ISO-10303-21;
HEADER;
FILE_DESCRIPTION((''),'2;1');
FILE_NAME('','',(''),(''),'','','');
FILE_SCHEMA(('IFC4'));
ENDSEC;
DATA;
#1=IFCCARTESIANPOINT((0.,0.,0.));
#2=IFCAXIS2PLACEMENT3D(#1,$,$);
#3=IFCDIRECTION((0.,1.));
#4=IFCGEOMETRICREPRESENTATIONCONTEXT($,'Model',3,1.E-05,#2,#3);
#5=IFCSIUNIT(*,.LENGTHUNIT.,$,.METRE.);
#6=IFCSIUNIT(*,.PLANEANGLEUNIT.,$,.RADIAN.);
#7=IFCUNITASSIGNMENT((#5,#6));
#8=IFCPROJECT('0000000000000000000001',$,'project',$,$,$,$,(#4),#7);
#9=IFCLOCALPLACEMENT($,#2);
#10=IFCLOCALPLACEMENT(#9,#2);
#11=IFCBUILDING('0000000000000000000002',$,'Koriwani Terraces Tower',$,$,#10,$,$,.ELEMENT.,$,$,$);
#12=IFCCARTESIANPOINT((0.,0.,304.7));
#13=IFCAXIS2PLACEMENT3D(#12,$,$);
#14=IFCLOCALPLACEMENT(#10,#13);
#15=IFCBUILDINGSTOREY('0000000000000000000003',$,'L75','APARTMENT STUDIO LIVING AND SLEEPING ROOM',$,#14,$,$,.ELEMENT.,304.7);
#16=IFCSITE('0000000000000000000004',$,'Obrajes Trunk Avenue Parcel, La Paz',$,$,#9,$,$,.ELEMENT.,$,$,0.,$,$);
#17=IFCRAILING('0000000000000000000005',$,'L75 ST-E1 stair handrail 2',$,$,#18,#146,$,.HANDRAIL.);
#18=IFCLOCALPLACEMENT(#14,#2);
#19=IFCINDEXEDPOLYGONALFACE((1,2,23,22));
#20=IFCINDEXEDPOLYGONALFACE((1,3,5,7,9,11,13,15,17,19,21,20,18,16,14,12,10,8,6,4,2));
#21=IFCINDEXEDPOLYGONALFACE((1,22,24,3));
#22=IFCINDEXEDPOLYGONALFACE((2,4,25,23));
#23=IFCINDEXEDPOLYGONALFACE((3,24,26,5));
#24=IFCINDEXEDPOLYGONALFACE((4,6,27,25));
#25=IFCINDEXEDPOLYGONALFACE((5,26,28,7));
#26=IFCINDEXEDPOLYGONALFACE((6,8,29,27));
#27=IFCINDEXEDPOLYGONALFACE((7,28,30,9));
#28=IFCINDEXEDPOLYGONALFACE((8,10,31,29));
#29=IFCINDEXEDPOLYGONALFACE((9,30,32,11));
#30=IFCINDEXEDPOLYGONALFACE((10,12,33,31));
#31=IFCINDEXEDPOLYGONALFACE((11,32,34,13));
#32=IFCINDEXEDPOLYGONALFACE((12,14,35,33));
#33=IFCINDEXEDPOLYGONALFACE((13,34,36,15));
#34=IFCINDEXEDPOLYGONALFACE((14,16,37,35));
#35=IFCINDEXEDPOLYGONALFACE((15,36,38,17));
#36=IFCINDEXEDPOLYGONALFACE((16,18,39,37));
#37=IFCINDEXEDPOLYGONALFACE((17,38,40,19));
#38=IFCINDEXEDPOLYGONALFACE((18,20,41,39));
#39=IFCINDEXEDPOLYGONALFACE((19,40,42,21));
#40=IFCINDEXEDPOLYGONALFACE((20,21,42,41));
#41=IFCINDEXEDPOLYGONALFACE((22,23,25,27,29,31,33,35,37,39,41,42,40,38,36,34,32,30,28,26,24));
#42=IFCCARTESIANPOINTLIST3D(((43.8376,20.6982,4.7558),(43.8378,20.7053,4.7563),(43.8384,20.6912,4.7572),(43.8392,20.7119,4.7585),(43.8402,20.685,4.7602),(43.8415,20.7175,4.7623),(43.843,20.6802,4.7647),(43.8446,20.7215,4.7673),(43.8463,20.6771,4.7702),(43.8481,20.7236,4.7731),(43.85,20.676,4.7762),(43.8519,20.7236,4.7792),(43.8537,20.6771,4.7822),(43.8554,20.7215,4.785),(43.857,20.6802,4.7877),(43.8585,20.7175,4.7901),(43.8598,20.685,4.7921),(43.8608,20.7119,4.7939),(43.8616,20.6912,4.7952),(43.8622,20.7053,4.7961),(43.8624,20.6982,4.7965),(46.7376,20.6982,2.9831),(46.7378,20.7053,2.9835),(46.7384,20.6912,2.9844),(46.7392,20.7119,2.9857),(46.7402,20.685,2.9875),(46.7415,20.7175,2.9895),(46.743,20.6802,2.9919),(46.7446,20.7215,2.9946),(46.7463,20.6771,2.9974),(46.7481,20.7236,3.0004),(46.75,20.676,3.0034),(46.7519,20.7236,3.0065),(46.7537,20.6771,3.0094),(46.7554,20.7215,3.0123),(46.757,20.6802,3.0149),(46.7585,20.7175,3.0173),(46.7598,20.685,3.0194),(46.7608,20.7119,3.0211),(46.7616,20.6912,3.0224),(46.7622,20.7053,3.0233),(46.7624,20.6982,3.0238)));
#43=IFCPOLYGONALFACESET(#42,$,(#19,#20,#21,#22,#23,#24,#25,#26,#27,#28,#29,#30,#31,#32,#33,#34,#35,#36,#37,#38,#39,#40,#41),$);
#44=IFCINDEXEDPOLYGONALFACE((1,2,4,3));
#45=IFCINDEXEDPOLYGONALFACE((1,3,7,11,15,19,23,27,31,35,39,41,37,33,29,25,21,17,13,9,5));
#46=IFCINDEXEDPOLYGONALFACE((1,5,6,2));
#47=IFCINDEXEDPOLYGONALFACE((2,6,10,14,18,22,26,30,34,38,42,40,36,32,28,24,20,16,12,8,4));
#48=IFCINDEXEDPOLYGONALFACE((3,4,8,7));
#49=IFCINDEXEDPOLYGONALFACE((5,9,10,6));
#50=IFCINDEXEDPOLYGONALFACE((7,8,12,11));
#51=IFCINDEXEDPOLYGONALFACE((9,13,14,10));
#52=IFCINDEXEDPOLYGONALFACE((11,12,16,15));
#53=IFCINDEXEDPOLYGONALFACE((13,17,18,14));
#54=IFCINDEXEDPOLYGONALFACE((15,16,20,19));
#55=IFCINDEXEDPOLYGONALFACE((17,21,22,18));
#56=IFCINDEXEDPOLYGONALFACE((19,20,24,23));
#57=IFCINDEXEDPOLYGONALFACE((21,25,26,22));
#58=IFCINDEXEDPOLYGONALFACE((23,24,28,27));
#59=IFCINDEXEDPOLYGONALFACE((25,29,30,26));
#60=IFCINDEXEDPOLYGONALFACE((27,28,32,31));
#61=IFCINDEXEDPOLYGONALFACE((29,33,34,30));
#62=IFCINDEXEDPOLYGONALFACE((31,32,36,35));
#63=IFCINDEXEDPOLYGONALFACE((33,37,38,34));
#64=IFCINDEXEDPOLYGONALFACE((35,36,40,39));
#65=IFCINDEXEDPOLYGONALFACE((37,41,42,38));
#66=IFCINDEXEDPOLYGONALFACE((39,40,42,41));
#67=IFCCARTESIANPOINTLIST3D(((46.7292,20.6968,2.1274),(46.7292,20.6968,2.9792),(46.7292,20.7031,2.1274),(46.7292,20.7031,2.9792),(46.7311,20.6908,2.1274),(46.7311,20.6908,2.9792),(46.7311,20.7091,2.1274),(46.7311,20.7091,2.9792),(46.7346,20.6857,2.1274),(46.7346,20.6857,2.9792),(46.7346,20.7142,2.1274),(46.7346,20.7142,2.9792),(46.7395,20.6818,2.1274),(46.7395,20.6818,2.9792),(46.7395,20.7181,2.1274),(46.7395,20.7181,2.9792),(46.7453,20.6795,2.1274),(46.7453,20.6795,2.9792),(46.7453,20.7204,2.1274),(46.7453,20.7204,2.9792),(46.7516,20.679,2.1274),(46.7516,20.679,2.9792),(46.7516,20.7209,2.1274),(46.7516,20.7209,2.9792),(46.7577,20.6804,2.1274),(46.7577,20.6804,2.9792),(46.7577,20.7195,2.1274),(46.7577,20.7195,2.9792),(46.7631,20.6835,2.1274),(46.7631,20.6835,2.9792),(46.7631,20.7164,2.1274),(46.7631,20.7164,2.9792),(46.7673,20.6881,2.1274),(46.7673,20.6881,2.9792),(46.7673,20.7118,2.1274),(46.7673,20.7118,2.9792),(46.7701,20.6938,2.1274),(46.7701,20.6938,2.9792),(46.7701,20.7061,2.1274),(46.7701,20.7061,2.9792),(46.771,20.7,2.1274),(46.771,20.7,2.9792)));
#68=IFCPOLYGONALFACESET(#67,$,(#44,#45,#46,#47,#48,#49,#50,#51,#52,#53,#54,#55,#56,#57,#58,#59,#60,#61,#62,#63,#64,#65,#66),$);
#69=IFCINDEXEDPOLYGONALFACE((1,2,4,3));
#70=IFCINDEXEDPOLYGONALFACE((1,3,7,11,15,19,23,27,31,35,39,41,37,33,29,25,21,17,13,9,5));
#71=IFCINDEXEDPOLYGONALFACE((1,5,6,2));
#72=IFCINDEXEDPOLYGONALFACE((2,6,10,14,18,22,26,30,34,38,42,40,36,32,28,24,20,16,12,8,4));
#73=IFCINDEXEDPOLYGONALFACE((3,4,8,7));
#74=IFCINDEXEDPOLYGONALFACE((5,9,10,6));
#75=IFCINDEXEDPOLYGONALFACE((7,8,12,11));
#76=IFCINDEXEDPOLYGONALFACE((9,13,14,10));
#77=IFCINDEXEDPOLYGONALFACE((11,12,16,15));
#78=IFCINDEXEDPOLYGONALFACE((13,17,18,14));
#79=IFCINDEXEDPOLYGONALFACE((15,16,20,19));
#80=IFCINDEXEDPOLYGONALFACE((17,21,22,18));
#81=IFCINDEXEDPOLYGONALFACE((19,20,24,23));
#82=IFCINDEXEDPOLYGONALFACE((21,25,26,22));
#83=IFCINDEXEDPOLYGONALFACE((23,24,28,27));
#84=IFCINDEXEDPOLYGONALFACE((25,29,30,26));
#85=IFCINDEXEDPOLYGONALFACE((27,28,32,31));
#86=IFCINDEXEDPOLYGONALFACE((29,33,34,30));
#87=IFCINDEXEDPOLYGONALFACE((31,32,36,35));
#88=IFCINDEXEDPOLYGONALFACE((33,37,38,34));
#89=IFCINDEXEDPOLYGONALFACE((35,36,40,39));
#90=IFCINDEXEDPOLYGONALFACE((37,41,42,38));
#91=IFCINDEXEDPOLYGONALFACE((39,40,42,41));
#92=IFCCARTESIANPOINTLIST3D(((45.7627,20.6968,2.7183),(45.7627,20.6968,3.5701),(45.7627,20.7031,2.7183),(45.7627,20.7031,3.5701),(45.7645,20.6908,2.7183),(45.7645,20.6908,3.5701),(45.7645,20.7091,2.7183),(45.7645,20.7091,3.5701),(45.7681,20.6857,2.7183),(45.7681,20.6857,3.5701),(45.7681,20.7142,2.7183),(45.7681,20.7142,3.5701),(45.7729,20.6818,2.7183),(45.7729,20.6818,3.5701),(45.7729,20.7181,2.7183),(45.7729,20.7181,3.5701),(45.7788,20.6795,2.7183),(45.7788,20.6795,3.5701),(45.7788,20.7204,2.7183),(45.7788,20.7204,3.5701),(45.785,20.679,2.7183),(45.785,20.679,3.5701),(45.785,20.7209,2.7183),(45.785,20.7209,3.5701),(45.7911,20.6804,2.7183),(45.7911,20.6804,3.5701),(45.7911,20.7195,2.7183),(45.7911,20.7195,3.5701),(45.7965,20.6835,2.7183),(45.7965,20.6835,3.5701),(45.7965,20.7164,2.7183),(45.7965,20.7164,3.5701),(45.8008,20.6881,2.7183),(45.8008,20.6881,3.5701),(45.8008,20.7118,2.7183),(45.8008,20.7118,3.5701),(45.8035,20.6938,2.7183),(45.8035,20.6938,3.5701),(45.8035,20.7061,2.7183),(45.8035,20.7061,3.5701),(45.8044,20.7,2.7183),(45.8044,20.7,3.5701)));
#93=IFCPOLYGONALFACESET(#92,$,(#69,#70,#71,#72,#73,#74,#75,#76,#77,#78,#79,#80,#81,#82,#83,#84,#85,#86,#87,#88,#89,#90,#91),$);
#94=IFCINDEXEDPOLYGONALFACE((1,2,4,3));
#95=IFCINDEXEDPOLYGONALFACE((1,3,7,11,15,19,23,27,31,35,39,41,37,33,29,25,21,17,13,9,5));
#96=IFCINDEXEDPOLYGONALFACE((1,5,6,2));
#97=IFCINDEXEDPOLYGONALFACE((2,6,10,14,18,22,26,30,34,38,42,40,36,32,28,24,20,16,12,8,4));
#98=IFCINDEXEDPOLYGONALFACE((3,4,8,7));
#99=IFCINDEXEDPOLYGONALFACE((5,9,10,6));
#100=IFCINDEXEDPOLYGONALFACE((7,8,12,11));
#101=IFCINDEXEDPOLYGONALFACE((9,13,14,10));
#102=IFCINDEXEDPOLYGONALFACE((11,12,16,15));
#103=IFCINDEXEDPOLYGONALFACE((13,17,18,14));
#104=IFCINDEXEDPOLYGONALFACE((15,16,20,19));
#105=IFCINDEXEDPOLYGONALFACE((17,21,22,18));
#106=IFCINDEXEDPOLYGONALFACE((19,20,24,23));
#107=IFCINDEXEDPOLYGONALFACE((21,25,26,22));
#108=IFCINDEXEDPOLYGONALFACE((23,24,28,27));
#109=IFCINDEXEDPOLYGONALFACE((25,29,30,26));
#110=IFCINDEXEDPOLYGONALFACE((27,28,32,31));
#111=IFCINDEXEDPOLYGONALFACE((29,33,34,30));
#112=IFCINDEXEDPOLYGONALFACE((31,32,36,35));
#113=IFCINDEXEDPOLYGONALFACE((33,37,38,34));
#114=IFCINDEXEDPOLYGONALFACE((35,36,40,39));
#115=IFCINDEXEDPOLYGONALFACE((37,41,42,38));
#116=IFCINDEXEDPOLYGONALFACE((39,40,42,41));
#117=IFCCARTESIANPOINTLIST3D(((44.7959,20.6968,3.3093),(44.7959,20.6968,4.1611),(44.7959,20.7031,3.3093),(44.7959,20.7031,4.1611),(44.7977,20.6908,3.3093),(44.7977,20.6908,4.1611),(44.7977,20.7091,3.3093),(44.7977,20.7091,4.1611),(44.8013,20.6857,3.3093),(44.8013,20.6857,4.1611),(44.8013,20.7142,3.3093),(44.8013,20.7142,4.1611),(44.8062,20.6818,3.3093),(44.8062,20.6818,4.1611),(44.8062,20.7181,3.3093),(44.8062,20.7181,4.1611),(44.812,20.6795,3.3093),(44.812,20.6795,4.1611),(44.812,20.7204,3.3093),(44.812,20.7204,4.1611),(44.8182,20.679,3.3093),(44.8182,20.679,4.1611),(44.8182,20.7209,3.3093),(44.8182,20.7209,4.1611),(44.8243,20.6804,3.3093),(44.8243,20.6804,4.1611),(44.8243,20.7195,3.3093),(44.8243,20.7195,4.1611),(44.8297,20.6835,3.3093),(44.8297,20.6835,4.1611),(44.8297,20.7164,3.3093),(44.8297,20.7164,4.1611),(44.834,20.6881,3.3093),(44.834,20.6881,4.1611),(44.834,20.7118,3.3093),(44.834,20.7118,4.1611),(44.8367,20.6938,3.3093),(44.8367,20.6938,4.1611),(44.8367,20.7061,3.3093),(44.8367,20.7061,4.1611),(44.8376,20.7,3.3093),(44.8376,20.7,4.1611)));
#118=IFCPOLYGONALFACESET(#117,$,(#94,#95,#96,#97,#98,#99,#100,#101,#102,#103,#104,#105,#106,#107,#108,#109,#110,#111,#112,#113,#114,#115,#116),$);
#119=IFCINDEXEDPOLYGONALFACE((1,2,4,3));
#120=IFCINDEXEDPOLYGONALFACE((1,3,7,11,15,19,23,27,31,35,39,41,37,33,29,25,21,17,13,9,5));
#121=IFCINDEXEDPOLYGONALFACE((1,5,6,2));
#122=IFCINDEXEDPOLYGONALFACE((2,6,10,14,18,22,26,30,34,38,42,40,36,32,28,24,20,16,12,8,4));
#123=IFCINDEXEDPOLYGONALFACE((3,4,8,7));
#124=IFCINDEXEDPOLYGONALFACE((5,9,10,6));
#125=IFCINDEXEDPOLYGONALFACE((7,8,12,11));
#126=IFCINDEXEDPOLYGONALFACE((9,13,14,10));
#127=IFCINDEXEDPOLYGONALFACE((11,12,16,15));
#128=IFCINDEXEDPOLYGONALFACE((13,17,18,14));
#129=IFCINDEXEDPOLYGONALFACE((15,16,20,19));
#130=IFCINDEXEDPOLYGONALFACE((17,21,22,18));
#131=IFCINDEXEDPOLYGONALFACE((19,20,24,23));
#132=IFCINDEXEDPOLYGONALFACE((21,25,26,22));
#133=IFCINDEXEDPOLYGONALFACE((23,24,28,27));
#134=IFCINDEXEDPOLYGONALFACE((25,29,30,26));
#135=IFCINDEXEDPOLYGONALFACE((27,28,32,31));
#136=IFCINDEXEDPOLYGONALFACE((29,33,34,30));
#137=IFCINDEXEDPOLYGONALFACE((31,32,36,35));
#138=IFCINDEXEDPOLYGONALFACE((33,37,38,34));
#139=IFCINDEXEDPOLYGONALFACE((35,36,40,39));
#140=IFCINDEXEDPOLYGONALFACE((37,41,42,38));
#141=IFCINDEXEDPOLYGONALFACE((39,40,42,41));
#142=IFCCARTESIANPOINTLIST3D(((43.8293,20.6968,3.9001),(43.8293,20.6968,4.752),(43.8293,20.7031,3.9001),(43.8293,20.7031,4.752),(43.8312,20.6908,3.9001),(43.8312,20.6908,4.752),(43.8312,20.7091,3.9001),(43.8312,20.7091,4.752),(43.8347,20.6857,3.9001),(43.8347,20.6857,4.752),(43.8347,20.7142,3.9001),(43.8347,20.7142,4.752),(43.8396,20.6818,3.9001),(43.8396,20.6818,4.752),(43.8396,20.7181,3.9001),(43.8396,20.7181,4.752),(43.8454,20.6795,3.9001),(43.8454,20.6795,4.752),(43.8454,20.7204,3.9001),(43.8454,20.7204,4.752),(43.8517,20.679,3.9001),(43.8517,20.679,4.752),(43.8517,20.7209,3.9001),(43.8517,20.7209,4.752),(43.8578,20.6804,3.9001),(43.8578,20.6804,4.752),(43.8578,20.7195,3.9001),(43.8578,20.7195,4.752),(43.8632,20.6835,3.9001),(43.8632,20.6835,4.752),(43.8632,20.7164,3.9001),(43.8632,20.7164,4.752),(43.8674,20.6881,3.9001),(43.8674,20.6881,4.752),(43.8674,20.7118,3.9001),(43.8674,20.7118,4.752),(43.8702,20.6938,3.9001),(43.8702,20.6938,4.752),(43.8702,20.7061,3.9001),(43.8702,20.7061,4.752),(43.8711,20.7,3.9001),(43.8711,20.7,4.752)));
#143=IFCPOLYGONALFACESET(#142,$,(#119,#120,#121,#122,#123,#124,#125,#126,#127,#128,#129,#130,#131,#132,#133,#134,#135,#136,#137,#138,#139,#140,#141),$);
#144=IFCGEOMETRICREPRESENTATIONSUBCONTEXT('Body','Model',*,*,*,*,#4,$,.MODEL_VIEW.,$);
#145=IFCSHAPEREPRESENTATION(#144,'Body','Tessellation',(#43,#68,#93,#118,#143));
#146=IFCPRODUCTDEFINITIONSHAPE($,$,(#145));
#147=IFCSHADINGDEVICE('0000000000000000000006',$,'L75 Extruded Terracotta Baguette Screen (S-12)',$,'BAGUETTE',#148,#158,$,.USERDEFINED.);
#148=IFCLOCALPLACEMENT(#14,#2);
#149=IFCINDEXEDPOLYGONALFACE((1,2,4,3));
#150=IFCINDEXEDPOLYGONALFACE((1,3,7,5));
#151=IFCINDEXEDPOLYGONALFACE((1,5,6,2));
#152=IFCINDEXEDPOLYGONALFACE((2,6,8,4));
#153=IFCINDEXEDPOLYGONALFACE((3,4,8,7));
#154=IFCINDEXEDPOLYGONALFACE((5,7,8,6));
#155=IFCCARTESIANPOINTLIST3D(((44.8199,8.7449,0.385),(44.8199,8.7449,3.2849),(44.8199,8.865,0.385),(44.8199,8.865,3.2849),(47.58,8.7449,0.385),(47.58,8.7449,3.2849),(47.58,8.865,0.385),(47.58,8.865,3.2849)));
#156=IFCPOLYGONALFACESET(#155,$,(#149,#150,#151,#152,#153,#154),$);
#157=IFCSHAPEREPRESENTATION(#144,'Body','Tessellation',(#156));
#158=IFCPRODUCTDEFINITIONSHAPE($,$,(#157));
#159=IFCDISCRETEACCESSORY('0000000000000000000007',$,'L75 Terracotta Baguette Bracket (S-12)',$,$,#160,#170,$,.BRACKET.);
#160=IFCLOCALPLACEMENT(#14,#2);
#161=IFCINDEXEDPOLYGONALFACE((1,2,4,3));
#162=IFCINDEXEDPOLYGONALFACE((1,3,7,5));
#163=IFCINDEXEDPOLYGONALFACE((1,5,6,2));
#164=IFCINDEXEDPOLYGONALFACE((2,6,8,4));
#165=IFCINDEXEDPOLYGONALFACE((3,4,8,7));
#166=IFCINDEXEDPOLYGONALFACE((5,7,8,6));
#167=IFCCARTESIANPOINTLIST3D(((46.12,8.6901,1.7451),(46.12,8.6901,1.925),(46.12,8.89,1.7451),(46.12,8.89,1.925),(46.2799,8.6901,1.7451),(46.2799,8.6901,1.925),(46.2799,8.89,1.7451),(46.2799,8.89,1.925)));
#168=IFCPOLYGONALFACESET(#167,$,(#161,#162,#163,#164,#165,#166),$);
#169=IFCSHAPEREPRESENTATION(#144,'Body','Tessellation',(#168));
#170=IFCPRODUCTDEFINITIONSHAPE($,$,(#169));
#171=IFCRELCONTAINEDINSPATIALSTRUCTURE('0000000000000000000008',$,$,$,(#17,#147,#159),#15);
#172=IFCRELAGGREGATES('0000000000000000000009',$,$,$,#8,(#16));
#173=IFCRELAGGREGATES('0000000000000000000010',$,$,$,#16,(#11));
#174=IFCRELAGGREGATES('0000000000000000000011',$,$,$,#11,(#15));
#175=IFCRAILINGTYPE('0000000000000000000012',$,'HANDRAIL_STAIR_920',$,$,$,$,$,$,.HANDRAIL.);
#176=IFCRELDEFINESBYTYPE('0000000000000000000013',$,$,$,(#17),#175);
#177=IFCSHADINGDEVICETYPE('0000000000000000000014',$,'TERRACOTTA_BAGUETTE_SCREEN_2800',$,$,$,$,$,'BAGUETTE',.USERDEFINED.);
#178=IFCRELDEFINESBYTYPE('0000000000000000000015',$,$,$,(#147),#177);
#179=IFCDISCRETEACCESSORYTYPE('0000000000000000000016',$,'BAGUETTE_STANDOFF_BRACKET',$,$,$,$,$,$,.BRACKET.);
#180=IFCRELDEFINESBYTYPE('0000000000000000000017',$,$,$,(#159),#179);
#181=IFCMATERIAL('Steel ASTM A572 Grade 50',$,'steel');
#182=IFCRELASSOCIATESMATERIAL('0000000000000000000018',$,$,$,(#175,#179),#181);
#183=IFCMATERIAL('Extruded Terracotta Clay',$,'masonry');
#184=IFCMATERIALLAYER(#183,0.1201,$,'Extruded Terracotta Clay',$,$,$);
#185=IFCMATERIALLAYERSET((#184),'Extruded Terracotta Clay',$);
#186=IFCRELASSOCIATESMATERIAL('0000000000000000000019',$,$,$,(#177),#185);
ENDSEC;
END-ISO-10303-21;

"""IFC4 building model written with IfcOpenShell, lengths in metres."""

from ifc_helpers import new_model, si_unit, direction, frame, origin, origin_2d, place, context, subcontext, project, spatial, rectangle, circle, extrude, material, layer, layer_set, type_object, element, save


model = new_model("IFC4")

# Units and contexts
model_context = context("Model", 3, precision=1e-05, world=origin(), true_north=direction((0.0, 1.0)))
body_context = subcontext(model_context, "Body", "Model", "MODEL_VIEW")
ifc_project = project(units=[si_unit("LENGTHUNIT", "METRE"), si_unit("PLANEANGLEUNIT", "RADIAN")], contexts=[model_context])

# Site, building, storey
site_placement = place(None, origin())
site = spatial("IfcSite", under=ifc_project, at=site_placement, Name="Obrajes Trunk Avenue Parcel, La Paz", CompositionType="ELEMENT", RefElevation=0.0)
building_placement = place(site_placement, origin())
building = spatial("IfcBuilding", under=site, at=building_placement, Name="Koriwani Terraces Tower", CompositionType="ELEMENT")
storey_placement = place(building_placement, frame((0.0, 0.0, 304.7)))
storey = spatial("IfcBuildingStorey", under=building, at=storey_placement, Name="L75", Description="APARTMENT STUDIO LIVING AND SLEEPING ROOM", CompositionType="ELEMENT", Elevation=304.7)

# Shared definitions
ifc_material_1 = material(Name="Steel ASTM A572 Grade 50", Category="steel")

# Railing
railing_type_1 = type_object("IfcRailingType", Name="HANDRAIL_STAIR_920", PredefinedType="HANDRAIL", material=ifc_material_1)
railing_1_placement = place(storey_placement, frame((46.75, 20.7, 2.1274)))
element("IfcRailing", 1, at=railing_1_placement, inside=storey, type_object=railing_type_1, Name="L75 ST-E1 stair handrail 2", PredefinedType="HANDRAIL", context=body_context, shape_type="SweptSolid", body=[
    extrude(circle(Radius=0.0239, at=origin_2d()), frame((0.0, 0.0, 0.876), z_axis=(-0.853211, 0.0, 0.521566), x_axis=(0.0, -1.0, 0.0)), (0.0, 0.0, 1.0), 3.3989),
    extrude(circle(Radius=0.021, at=origin_2d()), origin(), (0.0, 0.0, 1.0), 0.8518),
    extrude(circle(Radius=0.021, at=origin_2d()), frame((-0.9666, 0.0, 0.5908)), (0.0, 0.0, 1.0), 0.8518),
    extrude(circle(Radius=0.021, at=origin_2d()), frame((-1.9333, 0.0, 1.1819)), (0.0, 0.0, 1.0), 0.8518),
    extrude(circle(Radius=0.021, at=origin_2d()), frame((-2.8999, 0.0, 1.7727)), (0.0, 0.0, 1.0), 0.8518),
])

# Shading device
ifc_material_2 = material(Name="Extruded Terracotta Clay", Category="masonry")
ifc_layer_1 = layer(ifc_material_2, 0.1201, Name="Extruded Terracotta Clay")
ifc_layer_set_1 = layer_set([ifc_layer_1], Name="Extruded Terracotta Clay")
shading_device_type = type_object("IfcShadingDeviceType", Name="TERRACOTTA_BAGUETTE_SCREEN_2800", ElementType="BAGUETTE", PredefinedType="USERDEFINED", material=ifc_layer_set_1)
shading_device_placement = place(storey_placement, frame((46.2, 8.8049, 0.385), z_axis=(0.0, 0.0, 1.0), x_axis=(-1.0, 0.0, 0.0)))
element("IfcShadingDevice", 2, at=shading_device_placement, inside=storey, type_object=shading_device_type, Name="L75 Extruded Terracotta Baguette Screen (S-12)", ObjectType="BAGUETTE", PredefinedType="USERDEFINED", context=body_context, shape_type="SweptSolid", body=[
    extrude(rectangle(XDim=2.76, YDim=0.1201, at=origin_2d()), origin(), (0.0, 0.0, 1.0), 2.8999),
])

# Discrete accessory
discrete_accessory_type = type_object("IfcDiscreteAccessoryType", Name="BAGUETTE_STANDOFF_BRACKET", PredefinedType="BRACKET", material=ifc_material_1)
discrete_accessory_placement = place(storey_placement, frame((46.2, 8.79, 1.7451), z_axis=(0.0, 0.0, 1.0), x_axis=(-1.0, 0.0, 0.0)))
element("IfcDiscreteAccessory", 3, at=discrete_accessory_placement, inside=storey, type_object=discrete_accessory_type, Name="L75 Terracotta Baguette Bracket (S-12)", PredefinedType="BRACKET", context=body_context, shape_type="SweptSolid", body=[
    extrude(rectangle(XDim=0.1599, YDim=0.2, at=origin_2d()), origin(), (0.0, 0.0, 1.0), 0.1799),
])

save(model, "model.ifc")
